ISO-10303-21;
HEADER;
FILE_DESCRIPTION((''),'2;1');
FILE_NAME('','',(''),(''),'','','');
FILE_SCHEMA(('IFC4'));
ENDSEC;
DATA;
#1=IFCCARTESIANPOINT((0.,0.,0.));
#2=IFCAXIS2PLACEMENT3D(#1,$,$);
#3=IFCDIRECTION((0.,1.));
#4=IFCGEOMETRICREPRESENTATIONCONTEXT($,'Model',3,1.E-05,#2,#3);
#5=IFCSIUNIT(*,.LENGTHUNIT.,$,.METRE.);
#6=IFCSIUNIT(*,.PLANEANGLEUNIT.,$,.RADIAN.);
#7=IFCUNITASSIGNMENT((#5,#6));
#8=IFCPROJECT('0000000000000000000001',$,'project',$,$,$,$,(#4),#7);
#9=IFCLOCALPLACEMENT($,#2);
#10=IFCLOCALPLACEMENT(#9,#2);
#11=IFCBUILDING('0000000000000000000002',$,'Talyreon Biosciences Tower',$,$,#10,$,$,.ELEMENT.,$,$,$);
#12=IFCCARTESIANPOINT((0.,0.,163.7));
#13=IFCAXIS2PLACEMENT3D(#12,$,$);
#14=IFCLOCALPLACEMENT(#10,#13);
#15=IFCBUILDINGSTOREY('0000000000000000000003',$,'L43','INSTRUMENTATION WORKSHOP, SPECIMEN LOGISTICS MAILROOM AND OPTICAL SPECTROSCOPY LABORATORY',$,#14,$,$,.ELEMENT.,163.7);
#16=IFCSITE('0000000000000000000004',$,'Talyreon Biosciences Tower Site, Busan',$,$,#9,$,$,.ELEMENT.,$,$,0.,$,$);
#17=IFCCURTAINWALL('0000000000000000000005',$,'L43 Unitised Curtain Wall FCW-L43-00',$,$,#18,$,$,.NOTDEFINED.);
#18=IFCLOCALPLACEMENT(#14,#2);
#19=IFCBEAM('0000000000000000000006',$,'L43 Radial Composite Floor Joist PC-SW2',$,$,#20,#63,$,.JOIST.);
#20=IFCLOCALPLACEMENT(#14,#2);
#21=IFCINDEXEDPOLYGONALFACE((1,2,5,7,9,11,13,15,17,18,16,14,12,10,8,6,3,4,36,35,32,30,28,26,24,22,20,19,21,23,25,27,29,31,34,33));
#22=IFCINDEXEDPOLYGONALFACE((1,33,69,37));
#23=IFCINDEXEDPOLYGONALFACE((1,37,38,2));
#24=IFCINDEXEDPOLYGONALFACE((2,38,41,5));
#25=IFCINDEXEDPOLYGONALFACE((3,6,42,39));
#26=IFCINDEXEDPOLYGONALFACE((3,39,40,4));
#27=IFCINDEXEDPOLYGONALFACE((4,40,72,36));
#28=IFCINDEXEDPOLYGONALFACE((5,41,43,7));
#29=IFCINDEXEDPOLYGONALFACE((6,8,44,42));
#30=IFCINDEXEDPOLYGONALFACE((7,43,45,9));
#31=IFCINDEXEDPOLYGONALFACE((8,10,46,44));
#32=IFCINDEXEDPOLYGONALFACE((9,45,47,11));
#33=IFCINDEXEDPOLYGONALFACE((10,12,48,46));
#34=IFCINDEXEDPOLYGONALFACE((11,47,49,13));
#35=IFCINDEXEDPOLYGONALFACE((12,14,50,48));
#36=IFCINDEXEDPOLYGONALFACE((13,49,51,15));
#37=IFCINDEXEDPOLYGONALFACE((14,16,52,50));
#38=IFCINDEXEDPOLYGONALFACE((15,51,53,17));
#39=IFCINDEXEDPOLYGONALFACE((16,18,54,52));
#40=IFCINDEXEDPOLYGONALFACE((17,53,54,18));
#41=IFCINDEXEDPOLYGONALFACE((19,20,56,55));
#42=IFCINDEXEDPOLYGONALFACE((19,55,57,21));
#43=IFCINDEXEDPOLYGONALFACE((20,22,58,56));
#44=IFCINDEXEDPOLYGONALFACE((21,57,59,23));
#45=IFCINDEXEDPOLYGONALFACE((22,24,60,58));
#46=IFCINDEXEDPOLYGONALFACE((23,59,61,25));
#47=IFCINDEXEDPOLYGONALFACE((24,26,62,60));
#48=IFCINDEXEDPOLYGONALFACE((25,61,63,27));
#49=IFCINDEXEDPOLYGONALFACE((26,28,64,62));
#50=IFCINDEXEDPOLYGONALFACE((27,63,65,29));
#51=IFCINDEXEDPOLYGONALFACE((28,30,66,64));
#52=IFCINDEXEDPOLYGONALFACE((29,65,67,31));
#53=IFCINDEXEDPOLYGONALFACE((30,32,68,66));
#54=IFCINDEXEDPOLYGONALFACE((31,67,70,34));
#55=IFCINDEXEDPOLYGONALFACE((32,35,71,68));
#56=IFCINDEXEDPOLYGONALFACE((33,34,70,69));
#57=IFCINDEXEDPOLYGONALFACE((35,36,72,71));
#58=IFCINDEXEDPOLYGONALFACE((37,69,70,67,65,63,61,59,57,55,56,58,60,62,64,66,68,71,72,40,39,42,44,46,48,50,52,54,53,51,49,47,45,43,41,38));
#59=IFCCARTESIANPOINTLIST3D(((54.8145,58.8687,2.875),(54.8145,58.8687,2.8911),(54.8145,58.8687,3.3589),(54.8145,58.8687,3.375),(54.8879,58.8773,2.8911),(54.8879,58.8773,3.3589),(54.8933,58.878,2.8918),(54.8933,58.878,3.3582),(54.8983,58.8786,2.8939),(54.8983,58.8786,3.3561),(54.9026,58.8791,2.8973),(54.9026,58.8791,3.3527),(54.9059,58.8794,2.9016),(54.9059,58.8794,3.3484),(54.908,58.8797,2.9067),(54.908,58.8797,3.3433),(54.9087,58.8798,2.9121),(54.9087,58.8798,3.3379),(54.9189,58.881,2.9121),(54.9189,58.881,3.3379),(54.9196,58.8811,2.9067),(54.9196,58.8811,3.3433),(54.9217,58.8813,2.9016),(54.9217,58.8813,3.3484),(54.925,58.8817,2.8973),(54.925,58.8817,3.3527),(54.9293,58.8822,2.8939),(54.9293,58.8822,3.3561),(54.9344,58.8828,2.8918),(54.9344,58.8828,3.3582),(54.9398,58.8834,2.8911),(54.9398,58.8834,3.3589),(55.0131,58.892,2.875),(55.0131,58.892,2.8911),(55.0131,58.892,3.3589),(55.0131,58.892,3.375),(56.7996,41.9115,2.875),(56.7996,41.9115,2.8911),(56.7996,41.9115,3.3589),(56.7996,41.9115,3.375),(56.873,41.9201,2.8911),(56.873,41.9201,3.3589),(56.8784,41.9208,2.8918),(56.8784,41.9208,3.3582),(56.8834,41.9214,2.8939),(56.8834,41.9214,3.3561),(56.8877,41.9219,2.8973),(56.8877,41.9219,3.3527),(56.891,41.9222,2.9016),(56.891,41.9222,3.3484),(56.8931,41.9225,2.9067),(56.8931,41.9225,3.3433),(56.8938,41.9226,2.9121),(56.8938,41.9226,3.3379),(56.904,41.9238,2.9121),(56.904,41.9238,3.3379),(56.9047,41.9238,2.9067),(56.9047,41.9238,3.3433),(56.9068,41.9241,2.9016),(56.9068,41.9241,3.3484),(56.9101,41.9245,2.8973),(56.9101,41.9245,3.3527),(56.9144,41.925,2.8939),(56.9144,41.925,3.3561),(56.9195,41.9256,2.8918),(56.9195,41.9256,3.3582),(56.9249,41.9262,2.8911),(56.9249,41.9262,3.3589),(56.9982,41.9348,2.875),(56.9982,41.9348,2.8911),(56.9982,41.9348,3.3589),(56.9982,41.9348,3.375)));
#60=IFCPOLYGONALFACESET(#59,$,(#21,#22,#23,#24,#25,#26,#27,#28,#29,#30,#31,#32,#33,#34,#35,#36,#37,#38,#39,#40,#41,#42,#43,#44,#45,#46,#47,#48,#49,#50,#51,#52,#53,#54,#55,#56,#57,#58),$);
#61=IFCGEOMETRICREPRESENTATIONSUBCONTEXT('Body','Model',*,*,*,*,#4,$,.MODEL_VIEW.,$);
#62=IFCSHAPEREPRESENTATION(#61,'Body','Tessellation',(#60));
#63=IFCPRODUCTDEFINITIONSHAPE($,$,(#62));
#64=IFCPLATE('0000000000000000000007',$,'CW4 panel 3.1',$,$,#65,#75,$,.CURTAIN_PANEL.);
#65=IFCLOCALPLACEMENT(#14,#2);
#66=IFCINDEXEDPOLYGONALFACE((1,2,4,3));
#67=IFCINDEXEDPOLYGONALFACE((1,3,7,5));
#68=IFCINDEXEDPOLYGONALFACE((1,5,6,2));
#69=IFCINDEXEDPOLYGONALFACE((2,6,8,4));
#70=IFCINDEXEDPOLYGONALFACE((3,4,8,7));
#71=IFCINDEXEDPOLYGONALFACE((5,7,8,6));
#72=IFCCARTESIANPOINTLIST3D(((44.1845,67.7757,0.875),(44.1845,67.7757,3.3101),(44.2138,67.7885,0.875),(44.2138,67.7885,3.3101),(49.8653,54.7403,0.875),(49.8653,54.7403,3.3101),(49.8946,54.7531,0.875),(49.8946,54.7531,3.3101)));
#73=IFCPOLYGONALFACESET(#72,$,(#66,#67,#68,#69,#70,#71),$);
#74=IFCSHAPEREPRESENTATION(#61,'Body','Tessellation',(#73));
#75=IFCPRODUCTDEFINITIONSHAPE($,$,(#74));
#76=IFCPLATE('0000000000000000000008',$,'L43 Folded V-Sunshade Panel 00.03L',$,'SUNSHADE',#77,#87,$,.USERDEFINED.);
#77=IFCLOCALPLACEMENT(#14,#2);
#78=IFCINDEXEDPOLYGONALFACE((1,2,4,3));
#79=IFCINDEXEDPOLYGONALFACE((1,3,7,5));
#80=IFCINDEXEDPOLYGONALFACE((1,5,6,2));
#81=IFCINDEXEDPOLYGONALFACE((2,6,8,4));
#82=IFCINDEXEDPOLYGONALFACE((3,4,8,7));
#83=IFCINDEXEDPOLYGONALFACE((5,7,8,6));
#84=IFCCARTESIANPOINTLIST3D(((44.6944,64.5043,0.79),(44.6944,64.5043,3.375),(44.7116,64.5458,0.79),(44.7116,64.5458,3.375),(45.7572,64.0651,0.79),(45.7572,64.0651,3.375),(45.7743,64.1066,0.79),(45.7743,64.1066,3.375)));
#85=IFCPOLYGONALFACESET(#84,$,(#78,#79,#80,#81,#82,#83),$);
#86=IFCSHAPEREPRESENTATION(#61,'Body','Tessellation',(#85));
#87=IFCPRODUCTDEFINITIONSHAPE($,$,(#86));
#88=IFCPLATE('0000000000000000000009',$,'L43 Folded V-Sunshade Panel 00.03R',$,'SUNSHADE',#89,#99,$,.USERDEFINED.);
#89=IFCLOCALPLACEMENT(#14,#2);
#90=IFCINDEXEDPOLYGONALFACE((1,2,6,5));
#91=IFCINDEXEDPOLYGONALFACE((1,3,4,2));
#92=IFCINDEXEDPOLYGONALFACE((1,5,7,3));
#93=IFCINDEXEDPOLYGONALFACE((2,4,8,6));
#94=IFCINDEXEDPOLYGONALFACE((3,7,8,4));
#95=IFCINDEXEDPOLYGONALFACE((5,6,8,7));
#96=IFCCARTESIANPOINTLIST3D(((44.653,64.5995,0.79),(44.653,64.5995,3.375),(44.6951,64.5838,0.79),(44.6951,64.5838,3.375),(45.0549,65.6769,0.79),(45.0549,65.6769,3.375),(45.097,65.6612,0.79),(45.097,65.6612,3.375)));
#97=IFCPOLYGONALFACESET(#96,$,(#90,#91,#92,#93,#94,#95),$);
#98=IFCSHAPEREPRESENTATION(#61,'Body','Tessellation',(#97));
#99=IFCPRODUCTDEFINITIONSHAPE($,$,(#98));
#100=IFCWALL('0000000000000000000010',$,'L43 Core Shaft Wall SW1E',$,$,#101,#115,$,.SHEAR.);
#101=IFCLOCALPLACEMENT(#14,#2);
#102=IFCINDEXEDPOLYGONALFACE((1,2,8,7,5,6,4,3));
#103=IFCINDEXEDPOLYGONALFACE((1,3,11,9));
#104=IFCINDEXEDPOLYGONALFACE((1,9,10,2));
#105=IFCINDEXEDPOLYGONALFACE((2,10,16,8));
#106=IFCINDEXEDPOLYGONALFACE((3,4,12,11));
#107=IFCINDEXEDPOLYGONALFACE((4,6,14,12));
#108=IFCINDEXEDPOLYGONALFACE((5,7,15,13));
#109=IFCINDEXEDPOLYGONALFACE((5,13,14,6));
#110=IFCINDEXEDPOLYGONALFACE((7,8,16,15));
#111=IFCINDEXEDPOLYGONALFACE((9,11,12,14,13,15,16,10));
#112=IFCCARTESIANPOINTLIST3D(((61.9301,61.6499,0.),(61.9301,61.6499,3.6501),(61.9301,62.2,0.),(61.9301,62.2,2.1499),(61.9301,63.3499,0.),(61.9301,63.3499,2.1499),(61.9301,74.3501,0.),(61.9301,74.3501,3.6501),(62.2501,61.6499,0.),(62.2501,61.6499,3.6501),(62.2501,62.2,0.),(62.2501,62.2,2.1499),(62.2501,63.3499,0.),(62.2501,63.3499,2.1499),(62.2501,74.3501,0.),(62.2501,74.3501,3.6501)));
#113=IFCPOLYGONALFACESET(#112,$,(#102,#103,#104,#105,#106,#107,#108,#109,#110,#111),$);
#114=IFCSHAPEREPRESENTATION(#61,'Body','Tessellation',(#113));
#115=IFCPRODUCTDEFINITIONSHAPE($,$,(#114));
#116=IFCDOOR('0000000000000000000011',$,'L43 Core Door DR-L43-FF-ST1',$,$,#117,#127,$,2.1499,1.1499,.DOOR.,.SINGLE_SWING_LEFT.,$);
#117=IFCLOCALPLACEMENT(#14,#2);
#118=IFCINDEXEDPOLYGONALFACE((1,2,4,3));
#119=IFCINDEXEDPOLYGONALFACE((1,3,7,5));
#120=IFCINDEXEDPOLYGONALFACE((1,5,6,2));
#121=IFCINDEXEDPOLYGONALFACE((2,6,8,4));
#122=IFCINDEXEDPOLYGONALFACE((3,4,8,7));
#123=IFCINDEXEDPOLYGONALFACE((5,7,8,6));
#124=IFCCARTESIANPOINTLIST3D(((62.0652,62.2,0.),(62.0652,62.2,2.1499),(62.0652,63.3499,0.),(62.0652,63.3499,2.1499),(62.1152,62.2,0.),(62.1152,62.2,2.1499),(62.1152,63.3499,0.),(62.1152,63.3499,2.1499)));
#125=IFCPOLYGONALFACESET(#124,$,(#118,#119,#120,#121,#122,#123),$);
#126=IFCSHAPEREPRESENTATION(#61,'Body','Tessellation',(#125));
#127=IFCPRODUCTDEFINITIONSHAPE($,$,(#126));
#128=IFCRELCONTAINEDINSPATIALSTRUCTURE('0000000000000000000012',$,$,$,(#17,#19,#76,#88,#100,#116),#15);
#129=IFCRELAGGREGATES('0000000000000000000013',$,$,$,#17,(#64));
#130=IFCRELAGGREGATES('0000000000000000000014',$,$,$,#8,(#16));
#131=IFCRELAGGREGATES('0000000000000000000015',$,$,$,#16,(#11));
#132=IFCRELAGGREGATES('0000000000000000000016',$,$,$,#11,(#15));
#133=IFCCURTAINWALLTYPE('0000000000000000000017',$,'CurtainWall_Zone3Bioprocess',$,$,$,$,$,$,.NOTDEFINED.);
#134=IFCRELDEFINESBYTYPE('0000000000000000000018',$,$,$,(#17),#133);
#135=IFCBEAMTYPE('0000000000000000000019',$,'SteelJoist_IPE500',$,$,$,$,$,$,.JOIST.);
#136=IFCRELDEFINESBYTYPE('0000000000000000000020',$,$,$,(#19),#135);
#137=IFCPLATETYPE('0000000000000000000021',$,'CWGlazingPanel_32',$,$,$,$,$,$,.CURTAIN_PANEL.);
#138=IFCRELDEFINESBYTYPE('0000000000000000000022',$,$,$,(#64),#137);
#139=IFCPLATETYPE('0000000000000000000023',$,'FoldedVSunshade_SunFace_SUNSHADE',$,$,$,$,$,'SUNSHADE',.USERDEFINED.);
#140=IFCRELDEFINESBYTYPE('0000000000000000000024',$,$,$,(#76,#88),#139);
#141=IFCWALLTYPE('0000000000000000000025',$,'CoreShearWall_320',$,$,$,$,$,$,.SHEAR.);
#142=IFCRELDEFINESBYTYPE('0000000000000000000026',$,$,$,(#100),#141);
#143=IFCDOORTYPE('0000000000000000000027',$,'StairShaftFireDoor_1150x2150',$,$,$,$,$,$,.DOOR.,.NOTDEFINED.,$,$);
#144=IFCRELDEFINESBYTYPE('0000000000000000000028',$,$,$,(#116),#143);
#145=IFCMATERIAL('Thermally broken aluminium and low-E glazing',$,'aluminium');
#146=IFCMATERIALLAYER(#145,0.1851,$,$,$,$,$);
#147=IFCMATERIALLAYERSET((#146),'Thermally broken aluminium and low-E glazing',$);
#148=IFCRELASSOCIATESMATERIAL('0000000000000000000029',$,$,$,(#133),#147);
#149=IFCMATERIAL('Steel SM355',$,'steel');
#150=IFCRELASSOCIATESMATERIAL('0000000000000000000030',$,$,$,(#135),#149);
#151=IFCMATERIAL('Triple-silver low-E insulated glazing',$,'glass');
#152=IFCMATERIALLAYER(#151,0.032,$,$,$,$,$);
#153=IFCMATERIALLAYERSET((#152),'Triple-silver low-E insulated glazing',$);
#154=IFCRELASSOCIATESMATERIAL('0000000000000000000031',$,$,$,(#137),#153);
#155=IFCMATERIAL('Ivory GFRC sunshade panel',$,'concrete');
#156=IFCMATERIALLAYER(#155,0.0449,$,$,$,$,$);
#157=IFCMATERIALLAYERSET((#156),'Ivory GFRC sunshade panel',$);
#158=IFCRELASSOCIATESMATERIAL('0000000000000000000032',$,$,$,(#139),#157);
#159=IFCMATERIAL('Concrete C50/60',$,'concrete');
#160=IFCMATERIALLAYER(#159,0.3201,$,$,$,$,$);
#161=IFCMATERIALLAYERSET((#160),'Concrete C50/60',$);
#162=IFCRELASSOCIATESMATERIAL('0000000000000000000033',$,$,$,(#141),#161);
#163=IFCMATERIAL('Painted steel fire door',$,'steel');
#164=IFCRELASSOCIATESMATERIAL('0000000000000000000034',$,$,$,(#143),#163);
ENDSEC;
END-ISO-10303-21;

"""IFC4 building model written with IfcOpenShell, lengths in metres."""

from ifc_helpers import new_model, si_unit, direction, frame, frame_2d, origin, origin_2d, place, context, subcontext, project, spatial, rectangle, i_section, extrude, material, layer, layer_set, material_profile, profile_set, type_object, element, fill, aggregate, save


model = new_model("IFC4")

# Units and contexts
model_context = context("Model", 3, precision=1e-05, world=origin(), true_north=direction((0.0, 1.0)))
body_context = subcontext(model_context, "Body", "Model", "MODEL_VIEW")
ifc_project = project(units=[si_unit("LENGTHUNIT", "METRE"), si_unit("PLANEANGLEUNIT", "RADIAN")], contexts=[model_context])

# Site, building, storey
site_placement = place(None, origin())
site = spatial("IfcSite", under=ifc_project, at=site_placement, Name="Talyreon Biosciences Tower Site, Busan", CompositionType="ELEMENT", RefElevation=0.0)
building_placement = place(site_placement, origin())
building = spatial("IfcBuilding", under=site, at=building_placement, Name="Talyreon Biosciences Tower", CompositionType="ELEMENT")
storey_placement = place(building_placement, frame((0.0, 0.0, 163.7)))
storey = spatial("IfcBuildingStorey", under=building, at=storey_placement, Name="L43", Description="INSTRUMENTATION WORKSHOP, SPECIMEN LOGISTICS MAILROOM AND OPTICAL SPECTROSCOPY LABORATORY", CompositionType="ELEMENT", Elevation=163.7)

# Shared definitions
ifc_material_1 = material(Name="Concrete C50/60", Category="concrete")

# Curtain wall
ifc_material_2 = material(Name="Thermally broken aluminium and low-E glazing", Category="aluminium")
ifc_layer_1 = layer(ifc_material_2, 0.1851)
ifc_layer_set_1 = layer_set([ifc_layer_1], Name="Thermally broken aluminium and low-E glazing")
curtain_wall_type = type_object("IfcCurtainWallType", Name="CurtainWall_Zone3Bioprocess", PredefinedType="NOTDEFINED", material=ifc_layer_set_1)
curtain_wall_placement = place(storey_placement, origin())
curtain_wall = element("IfcCurtainWall", 1, at=curtain_wall_placement, inside=storey, type_object=curtain_wall_type, Name="L43 Unitised Curtain Wall FCW-L43-00", PredefinedType="NOTDEFINED")

# Beam
ifc_material_3 = material(Name="Steel SM355", Category="steel")
ifc_material_profile_1 = material_profile(ifc_material_3, i_section(OverallWidth=0.2, OverallDepth=0.5, WebThickness=0.0103, FlangeThickness=0.0161, FilletRadius=0.021, at=origin_2d()), Name="IPE500")
ifc_profile_set_1 = profile_set([ifc_material_profile_1], Name="Steel SM355")
beam_type_1 = type_object("IfcBeamType", Name="SteelJoist_IPE500", PredefinedType="JOIST", material=ifc_profile_set_1)
beam_1_placement = place(storey_placement, frame((54.9138, 58.8804, 3.125), z_axis=(0.116271, -0.993217, 0.0), x_axis=(0.993217, 0.116271, 0.0)))
element("IfcBeam", 2, at=beam_1_placement, inside=storey, type_object=beam_type_1, Name="L43 Radial Composite Floor Joist PC-SW2", PredefinedType="JOIST", context=body_context, shape_type="SweptSolid", body=[
    extrude(i_section(OverallWidth=0.2, OverallDepth=0.5, WebThickness=0.0103, FlangeThickness=0.0161, FilletRadius=0.021, at=origin_2d()), origin(), (0.0, 0.0, 1.0), 17.073),
])

# Plate
ifc_material_4 = material(Name="Triple-silver low-E insulated glazing", Category="glass")
ifc_layer_2 = layer(ifc_material_4, 0.032)
ifc_layer_set_2 = layer_set([ifc_layer_2], Name="Triple-silver low-E insulated glazing")
plate_type_1 = type_object("IfcPlateType", Name="CWGlazingPanel_32", PredefinedType="CURTAIN_PANEL", material=ifc_layer_set_2)
plate_placement = place(storey_placement, frame((47.0396, 61.2644, 0.875), z_axis=(0.0, 0.0, 1.0), x_axis=(-0.399505, 0.916731, 0.0)))
plate = element("IfcPlate", 3, at=plate_placement, type_object=plate_type_1, Name="CW4 panel 3.1", PredefinedType="CURTAIN_PANEL", context=body_context, shape_type="SweptSolid", body=[
    extrude(rectangle(XDim=14.2195, YDim=0.032, at=origin_2d()), origin(), (0.0, 0.0, 1.0), 2.4351),
])
aggregate(curtain_wall, [plate])

# Plates
ifc_material_5 = material(Name="Ivory GFRC sunshade panel", Category="concrete")
ifc_layer_3 = layer(ifc_material_5, 0.0449)
ifc_layer_set_3 = layer_set([ifc_layer_3], Name="Ivory GFRC sunshade panel")
plate_type_2 = type_object("IfcPlateType", Name="FoldedVSunshade_SunFace_SUNSHADE", ElementType="SUNSHADE", PredefinedType="USERDEFINED", material=ifc_layer_set_3)
for number, where, z_axis, x_axis, name in (
    (4, (45.2344, 64.3054, 0.79), (0.0, 0.0, 1.0), (-0.924193, 0.381925, 0.0), "L43 Folded V-Sunshade Panel 00.03L"),
    (5, (44.875, 65.1304, 0.79), (0.0, 0.0, 1.0), (0.349439, 0.936959, 0.0), "L43 Folded V-Sunshade Panel 00.03R"),
):
    element("IfcPlate", number, at=place(storey_placement, frame(where, z_axis=z_axis, x_axis=x_axis)), inside=storey, type_object=plate_type_2, Name=name, ObjectType="SUNSHADE", PredefinedType="USERDEFINED", context=body_context, shape_type="SweptSolid", body=[
        extrude(rectangle(XDim=1.1499, YDim=0.0449, at=origin_2d()), origin(), (0.0, 0.0, 1.0), 2.585),
    ])

# Wall, opening, door
ifc_layer_4 = layer(ifc_material_1, 0.3201)
ifc_layer_set_4 = layer_set([ifc_layer_4], Name="Concrete C50/60")
wall_type_1 = type_object("IfcWallType", Name="CoreShearWall_320", PredefinedType="SHEAR", material=ifc_layer_set_4)
wall_1_placement = place(storey_placement, frame((62.0901, 61.6499, 0.0), z_axis=(0.0, 0.0, 1.0), x_axis=(0.0, 1.0, 0.0)))
wall_1 = element("IfcWall", 6, at=wall_1_placement, inside=storey, type_object=wall_type_1, Name="L43 Core Shaft Wall SW1E", PredefinedType="SHEAR", context=body_context, shape_type="SweptSolid", body=[
    extrude(rectangle(XDim=12.7002, YDim=0.3201, at=frame_2d((6.3501, 0.0))), origin(), (0.0, 0.0, 1.0), 3.6501),
])
opening_1_placement = place(wall_1_placement, frame((0.55, 0.0, 0.0)))
opening_1 = element("IfcOpeningElement", 7, at=opening_1_placement, cuts=wall_1, PredefinedType="OPENING", context=body_context, shape_type="SweptSolid", body=[
    extrude(rectangle(XDim=1.1499, YDim=2.1499, at=frame_2d((0.575, 1.075))), frame((0.0, 0.1699, 0.0), z_axis=(0.0, -1.0, 0.0), x_axis=(1.0, 0.0, 0.0)), (0.0, 0.0, 1.0), 0.3401),
])
ifc_material_6 = material(Name="Painted steel fire door", Category="steel")
door_type_1 = type_object("IfcDoorType", Name="StairShaftFireDoor_1150x2150", OperationType="NOTDEFINED", PredefinedType="DOOR", material=ifc_material_6)
door_1_placement = place(opening_1_placement, origin())
door_1 = element("IfcDoor", 8, at=door_1_placement, inside=storey, type_object=door_type_1, Name="L43 Core Door DR-L43-FF-ST1", OperationType="SINGLE_SWING_LEFT", OverallHeight=2.1499, OverallWidth=1.1499, PredefinedType="DOOR", context=body_context, shape_type="SweptSolid", body=[
    extrude(rectangle(XDim=1.1499, YDim=2.1499, at=frame_2d((0.575, 1.075))), frame((0.0, 0.0249, 0.0), z_axis=(0.0, -1.0, 0.0), x_axis=(1.0, 0.0, 0.0)), (0.0, 0.0, 1.0), 0.05),
])
fill(opening_1, door_1)

save(model, "model.ifc")
